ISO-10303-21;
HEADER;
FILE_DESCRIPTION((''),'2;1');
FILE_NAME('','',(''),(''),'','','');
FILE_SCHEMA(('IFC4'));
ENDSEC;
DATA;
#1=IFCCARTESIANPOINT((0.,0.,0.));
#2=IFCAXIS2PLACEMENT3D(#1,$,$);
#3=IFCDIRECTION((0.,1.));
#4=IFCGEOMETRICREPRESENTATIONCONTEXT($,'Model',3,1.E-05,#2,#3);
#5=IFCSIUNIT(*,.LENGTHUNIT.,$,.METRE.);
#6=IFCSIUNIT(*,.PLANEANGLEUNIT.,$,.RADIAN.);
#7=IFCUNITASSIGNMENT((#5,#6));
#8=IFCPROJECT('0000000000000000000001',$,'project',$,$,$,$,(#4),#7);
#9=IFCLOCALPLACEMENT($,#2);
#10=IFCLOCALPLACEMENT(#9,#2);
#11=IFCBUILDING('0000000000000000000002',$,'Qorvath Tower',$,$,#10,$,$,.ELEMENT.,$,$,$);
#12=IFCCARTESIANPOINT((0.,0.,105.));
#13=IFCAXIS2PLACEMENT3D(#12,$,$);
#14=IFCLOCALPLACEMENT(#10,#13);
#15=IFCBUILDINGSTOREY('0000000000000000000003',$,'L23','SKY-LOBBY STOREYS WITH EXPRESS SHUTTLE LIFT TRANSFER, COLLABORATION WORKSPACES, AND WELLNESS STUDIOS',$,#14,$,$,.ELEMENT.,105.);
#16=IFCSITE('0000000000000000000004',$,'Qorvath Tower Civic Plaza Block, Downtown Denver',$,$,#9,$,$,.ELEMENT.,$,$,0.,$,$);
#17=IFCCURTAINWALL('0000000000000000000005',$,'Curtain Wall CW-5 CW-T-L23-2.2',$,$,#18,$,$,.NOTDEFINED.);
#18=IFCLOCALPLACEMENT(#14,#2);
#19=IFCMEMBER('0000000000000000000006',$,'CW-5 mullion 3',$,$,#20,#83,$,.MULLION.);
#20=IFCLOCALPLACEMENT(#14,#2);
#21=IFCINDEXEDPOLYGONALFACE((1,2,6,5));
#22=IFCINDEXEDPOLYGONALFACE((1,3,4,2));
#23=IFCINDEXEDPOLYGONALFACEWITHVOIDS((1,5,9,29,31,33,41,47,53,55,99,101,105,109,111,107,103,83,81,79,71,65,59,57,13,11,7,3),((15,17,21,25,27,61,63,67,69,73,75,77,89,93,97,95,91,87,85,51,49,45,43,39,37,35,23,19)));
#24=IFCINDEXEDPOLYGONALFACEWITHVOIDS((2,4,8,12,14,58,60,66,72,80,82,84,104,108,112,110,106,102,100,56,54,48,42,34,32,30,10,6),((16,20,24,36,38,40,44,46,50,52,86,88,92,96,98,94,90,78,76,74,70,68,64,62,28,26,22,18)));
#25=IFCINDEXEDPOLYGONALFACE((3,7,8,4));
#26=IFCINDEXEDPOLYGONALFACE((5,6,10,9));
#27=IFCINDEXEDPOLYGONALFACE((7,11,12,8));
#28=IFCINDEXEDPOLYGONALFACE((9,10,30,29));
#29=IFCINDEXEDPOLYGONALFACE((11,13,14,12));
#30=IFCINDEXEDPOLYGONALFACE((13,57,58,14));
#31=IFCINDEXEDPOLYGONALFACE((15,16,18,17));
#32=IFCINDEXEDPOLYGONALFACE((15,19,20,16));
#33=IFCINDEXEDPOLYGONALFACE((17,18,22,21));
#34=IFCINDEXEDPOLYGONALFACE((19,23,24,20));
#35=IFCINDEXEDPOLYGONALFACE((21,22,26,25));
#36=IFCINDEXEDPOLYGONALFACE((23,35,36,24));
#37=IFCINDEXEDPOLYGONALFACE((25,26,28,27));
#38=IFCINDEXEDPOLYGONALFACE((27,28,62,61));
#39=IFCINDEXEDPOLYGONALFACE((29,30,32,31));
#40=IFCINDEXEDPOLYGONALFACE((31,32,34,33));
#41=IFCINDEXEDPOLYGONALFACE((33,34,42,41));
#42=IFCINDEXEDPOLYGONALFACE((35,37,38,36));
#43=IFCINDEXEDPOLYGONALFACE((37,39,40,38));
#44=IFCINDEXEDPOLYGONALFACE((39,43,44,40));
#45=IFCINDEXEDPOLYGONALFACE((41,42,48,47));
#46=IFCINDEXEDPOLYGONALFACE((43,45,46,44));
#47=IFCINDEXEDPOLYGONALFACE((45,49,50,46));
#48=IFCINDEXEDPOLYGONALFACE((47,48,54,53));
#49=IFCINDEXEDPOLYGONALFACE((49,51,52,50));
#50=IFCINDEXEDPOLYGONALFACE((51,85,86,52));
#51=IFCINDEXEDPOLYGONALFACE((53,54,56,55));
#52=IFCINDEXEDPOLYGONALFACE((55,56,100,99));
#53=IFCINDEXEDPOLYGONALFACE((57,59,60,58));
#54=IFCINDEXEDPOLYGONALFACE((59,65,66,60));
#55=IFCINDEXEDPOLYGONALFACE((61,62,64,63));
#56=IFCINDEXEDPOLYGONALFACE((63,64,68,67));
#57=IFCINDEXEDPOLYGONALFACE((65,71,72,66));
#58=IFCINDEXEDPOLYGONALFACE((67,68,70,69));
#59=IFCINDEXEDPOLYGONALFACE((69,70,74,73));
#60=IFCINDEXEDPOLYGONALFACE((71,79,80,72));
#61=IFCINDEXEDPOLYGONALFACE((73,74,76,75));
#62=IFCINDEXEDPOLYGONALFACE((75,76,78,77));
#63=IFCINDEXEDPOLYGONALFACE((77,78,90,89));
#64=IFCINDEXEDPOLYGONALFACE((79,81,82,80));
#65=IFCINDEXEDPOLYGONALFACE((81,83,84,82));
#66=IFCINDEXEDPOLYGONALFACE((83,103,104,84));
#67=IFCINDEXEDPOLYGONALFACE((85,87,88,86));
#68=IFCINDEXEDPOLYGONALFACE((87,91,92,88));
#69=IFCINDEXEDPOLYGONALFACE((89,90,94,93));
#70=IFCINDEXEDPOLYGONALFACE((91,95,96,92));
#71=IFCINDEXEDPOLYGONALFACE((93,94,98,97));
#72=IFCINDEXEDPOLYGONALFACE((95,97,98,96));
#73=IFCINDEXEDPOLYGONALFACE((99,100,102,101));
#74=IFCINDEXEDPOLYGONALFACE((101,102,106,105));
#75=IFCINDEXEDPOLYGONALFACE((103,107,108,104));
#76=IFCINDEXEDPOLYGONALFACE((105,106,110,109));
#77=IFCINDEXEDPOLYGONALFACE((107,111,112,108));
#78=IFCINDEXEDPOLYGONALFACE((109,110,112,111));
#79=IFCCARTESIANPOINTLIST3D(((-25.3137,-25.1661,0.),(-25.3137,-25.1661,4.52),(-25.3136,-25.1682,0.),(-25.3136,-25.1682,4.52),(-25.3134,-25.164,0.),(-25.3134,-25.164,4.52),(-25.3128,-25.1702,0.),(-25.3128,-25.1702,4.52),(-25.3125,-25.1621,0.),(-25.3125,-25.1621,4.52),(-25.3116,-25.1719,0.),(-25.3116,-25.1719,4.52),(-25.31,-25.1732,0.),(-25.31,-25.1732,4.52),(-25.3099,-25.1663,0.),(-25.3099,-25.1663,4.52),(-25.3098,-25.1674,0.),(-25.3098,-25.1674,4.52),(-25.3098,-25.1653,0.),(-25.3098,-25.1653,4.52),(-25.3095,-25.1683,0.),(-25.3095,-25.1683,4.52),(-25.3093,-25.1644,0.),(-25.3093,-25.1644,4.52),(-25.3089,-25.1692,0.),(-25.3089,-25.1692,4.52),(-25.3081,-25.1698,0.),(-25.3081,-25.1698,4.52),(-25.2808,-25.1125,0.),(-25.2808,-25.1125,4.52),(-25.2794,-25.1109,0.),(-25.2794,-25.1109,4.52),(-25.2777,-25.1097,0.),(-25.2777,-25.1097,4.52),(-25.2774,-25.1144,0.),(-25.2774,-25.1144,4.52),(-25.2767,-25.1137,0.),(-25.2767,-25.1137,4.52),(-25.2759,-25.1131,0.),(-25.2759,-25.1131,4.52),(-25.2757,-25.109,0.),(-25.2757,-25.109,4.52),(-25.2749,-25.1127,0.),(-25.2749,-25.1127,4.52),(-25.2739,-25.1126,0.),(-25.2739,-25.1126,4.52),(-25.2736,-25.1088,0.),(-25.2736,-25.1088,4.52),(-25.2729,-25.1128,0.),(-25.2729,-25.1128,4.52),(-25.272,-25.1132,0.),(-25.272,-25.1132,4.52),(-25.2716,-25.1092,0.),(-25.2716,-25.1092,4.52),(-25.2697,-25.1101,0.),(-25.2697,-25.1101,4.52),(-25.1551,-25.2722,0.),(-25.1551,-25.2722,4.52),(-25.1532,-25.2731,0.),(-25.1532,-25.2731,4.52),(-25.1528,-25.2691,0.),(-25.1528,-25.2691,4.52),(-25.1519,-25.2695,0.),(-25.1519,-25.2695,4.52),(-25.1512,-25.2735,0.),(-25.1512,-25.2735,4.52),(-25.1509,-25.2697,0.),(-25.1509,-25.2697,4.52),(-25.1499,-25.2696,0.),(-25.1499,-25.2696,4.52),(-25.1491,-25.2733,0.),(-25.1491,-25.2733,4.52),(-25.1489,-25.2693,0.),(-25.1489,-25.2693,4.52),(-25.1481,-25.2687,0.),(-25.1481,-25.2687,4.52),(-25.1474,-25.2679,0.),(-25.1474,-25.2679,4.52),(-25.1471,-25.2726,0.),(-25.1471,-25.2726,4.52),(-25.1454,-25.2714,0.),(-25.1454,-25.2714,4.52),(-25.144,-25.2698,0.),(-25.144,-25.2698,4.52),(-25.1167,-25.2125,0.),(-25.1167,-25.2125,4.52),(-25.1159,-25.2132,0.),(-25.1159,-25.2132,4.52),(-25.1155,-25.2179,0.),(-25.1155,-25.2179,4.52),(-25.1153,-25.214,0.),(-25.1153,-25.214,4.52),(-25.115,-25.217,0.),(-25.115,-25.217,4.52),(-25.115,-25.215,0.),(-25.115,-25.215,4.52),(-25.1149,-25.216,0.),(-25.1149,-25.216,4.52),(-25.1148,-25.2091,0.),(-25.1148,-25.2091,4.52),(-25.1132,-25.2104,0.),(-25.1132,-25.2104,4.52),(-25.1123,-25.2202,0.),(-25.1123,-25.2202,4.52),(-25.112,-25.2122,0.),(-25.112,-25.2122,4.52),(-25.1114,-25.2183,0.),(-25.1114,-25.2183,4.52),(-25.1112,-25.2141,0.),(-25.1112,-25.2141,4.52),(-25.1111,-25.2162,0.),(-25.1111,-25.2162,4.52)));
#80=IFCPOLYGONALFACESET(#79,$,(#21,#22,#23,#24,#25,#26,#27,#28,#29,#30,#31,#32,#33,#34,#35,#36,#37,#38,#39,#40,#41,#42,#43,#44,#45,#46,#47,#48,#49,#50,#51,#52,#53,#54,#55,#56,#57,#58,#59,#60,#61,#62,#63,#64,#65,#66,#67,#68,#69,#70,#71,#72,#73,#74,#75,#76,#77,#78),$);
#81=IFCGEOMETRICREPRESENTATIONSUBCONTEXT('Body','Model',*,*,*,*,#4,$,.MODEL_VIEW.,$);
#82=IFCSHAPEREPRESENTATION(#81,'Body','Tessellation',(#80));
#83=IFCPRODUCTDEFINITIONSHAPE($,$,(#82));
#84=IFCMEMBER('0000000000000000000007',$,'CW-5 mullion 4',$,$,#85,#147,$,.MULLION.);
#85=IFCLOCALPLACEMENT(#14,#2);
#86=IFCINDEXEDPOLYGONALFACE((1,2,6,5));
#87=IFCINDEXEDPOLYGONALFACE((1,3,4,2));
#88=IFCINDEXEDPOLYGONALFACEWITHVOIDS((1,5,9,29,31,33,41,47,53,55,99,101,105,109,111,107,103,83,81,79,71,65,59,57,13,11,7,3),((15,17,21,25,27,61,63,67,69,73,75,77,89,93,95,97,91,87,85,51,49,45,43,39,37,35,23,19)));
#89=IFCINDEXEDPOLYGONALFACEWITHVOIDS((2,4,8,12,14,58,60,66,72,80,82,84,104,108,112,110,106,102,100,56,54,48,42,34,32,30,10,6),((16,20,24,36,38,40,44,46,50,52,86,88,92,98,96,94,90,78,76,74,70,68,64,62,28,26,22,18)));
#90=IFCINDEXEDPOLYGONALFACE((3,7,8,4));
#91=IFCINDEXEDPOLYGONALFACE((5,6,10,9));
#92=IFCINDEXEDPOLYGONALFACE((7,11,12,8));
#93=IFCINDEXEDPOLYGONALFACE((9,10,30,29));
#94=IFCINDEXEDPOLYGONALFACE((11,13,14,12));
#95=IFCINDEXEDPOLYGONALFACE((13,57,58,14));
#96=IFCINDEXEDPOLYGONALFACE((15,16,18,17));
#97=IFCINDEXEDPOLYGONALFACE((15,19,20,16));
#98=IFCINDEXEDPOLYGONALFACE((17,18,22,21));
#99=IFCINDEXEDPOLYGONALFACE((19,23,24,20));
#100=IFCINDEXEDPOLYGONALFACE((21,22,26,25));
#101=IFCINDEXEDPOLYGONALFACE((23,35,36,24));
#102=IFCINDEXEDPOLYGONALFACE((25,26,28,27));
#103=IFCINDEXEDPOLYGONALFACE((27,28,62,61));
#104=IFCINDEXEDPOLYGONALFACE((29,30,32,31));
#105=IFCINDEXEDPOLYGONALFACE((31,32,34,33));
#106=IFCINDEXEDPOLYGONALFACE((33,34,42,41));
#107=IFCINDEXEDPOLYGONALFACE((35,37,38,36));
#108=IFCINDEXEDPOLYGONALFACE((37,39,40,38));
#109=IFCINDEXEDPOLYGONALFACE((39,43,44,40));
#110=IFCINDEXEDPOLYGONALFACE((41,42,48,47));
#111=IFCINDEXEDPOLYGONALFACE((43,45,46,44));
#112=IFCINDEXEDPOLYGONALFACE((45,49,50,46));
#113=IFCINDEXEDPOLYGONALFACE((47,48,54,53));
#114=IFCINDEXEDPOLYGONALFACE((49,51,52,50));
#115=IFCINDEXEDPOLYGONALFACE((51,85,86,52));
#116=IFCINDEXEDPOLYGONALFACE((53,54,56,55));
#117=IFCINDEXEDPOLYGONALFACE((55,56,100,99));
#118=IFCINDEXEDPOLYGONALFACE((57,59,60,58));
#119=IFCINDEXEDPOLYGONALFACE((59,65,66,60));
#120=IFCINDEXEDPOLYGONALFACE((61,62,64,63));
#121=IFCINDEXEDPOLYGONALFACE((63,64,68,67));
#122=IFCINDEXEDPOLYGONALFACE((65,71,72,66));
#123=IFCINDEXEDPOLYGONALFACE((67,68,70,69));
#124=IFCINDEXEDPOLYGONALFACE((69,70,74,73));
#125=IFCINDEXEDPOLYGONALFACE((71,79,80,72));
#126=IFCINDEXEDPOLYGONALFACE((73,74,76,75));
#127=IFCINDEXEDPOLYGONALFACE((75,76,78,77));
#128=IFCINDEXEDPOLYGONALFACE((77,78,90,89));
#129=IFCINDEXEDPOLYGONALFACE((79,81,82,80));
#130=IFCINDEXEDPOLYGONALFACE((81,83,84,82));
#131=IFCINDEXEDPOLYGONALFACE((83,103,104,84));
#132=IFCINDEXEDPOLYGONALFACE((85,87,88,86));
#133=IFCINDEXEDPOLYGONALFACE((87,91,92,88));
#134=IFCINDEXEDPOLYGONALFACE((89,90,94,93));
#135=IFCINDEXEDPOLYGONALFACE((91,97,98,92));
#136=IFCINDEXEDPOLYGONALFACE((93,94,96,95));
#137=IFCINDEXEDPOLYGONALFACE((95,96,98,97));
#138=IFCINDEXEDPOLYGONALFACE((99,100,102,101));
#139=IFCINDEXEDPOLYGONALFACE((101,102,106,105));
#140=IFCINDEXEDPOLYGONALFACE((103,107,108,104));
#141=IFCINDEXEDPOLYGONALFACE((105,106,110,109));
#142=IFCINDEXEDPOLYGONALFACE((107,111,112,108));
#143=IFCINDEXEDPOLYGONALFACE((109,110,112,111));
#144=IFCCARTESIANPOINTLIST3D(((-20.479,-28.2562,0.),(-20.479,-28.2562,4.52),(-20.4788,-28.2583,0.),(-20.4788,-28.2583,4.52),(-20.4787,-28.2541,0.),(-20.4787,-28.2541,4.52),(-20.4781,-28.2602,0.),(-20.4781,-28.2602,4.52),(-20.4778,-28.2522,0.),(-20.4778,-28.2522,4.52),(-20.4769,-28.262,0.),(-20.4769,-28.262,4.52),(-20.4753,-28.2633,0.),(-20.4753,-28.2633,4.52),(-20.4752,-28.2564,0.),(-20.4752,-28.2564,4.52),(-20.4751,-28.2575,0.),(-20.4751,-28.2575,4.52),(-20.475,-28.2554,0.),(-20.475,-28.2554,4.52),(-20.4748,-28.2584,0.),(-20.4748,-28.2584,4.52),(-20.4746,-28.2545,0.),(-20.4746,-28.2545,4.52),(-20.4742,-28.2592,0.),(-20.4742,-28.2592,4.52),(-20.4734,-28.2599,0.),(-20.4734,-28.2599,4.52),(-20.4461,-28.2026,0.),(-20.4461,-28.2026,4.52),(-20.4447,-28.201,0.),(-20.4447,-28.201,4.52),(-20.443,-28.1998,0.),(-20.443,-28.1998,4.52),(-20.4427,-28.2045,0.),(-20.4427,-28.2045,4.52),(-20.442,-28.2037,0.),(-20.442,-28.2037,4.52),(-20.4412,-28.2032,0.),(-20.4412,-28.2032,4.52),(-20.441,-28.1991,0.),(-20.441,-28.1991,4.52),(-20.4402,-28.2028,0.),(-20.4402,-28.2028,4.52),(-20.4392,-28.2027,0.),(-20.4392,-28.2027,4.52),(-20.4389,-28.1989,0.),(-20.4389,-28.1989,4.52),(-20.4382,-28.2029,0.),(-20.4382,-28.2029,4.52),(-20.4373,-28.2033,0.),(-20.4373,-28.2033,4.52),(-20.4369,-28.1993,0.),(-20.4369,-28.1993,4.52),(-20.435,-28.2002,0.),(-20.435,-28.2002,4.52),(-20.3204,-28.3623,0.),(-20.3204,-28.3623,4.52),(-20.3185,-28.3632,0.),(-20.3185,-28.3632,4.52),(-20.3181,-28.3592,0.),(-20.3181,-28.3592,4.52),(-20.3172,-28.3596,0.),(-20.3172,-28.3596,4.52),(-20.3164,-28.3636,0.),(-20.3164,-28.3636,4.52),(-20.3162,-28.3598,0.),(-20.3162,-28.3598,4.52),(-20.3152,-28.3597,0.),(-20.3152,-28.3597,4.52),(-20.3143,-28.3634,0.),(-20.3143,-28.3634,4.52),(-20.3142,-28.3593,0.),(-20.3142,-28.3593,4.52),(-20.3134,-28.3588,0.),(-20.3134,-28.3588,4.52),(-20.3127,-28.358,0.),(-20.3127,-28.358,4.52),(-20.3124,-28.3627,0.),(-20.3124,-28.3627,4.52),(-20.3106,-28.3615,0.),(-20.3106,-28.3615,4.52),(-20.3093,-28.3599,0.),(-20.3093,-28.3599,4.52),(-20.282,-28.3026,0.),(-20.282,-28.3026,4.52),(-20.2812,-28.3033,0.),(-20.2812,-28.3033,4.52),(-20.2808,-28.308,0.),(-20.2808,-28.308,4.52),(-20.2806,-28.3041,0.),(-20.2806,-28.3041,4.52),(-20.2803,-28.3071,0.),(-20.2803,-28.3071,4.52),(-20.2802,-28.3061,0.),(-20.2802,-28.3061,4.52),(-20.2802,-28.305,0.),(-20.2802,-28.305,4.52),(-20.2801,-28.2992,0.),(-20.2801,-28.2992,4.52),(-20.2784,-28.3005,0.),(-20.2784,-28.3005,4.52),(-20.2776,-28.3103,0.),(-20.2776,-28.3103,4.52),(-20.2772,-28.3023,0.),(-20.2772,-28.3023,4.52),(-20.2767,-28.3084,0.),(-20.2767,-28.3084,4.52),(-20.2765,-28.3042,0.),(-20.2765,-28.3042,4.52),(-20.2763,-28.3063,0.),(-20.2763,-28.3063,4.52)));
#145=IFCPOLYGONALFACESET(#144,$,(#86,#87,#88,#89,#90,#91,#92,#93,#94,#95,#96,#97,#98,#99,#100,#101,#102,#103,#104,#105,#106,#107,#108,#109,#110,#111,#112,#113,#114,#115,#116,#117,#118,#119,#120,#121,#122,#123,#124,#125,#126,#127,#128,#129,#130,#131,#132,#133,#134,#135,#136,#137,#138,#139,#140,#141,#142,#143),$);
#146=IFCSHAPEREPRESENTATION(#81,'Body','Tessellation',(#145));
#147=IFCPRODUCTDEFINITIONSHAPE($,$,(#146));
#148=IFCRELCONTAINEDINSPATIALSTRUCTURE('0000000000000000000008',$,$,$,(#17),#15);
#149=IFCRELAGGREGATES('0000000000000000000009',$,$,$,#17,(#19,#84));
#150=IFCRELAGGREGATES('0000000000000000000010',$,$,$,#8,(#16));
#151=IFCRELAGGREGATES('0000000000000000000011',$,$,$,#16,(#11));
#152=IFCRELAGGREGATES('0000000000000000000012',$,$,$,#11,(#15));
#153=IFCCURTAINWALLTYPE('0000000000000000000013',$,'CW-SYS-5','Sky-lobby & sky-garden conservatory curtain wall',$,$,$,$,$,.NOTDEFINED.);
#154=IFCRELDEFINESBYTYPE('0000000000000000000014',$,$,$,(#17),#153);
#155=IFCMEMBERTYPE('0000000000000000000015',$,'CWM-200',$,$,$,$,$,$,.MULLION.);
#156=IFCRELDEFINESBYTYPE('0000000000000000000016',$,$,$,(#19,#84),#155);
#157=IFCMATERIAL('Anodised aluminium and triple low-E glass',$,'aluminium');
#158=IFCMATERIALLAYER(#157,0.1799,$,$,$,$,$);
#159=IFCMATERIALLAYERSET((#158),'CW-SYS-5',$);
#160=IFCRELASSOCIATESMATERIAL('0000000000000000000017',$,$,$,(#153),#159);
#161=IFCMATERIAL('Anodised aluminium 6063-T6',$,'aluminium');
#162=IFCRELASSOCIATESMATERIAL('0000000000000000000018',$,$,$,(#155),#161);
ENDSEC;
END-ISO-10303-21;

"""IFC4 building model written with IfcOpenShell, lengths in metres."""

from ifc_helpers import new_model, si_unit, direction, frame, origin, origin_2d, place, context, subcontext, project, spatial, hollow_rectangle, extrude, material, layer, layer_set, material_profile, profile_set, type_object, element, aggregate, save


model = new_model("IFC4")

# Units and contexts
model_context = context("Model", 3, precision=1e-05, world=origin(), true_north=direction((0.0, 1.0)))
body_context = subcontext(model_context, "Body", "Model", "MODEL_VIEW")
ifc_project = project(units=[si_unit("LENGTHUNIT", "METRE"), si_unit("PLANEANGLEUNIT", "RADIAN")], contexts=[model_context])

# Site, building, storey
site_placement = place(None, origin())
site = spatial("IfcSite", under=ifc_project, at=site_placement, Name="Qorvath Tower Civic Plaza Block, Downtown Denver", CompositionType="ELEMENT", RefElevation=0.0)
building_placement = place(site_placement, origin())
building = spatial("IfcBuilding", under=site, at=building_placement, Name="Qorvath Tower", CompositionType="ELEMENT")
storey_placement = place(building_placement, frame((0.0, 0.0, 105.0)))
storey = spatial("IfcBuildingStorey", under=building, at=storey_placement, Name="L23", Description="SKY-LOBBY STOREYS WITH EXPRESS SHUTTLE LIFT TRANSFER, COLLABORATION WORKSPACES, AND WELLNESS STUDIOS", CompositionType="ELEMENT", Elevation=105.0)

# Curtain wall, members
ifc_material_1 = material(Name="Anodised aluminium and triple low-E glass", Category="aluminium")
ifc_layer_1 = layer(ifc_material_1, 0.1799)
ifc_layer_set_1 = layer_set([ifc_layer_1], Name="CW-SYS-5")
curtain_wall_type = type_object("IfcCurtainWallType", Name="CW-SYS-5", Description="Sky-lobby & sky-garden conservatory curtain wall", PredefinedType="NOTDEFINED", material=ifc_layer_set_1)
curtain_wall_placement = place(storey_placement, origin())
curtain_wall = element("IfcCurtainWall", 1, at=curtain_wall_placement, inside=storey, type_object=curtain_wall_type, Name="Curtain Wall CW-5 CW-T-L23-2.2", PredefinedType="NOTDEFINED")
ifc_material_2 = material(Name="Anodised aluminium 6063-T6", Category="aluminium")
ifc_material_profile_1 = material_profile(ifc_material_2, hollow_rectangle(XDim=0.075, YDim=0.2, WallThickness=0.0039, InnerFilletRadius=0.0039, OuterFilletRadius=0.0081, at=origin_2d()), Name="CWM 200x75")
ifc_profile_set_1 = profile_set([ifc_material_profile_1], Name="Anodised aluminium 6063-T6")
member_type_1 = type_object("IfcMemberType", Name="CWM-200", PredefinedType="MULLION", material=ifc_profile_set_1)
member_1_placement = place(storey_placement, frame((-25.2124, -25.1912, 0.0), z_axis=(0.0, 0.0, 1.0), x_axis=(0.53854, 0.8426, 0.0)))
member_1 = element("IfcMember", 2, at=member_1_placement, type_object=member_type_1, Name="CW-5 mullion 3", PredefinedType="MULLION", context=body_context, shape_type="SweptSolid", body=[
    extrude(hollow_rectangle(XDim=0.075, YDim=0.2, WallThickness=0.0039, InnerFilletRadius=0.0039, OuterFilletRadius=0.0081, at=origin_2d()), origin(), (0.0, 0.0, 1.0), 4.52),
])
member_2_placement = place(storey_placement, frame((-20.3777, -28.2812, 0.0), z_axis=(0.0, 0.0, 1.0), x_axis=(0.53854, 0.8426, 0.0)))
member_2 = element("IfcMember", 3, at=member_2_placement, type_object=member_type_1, Name="CW-5 mullion 4", PredefinedType="MULLION", context=body_context, shape_type="SweptSolid", body=[
    extrude(hollow_rectangle(XDim=0.075, YDim=0.2, WallThickness=0.0039, InnerFilletRadius=0.0039, OuterFilletRadius=0.0081, at=origin_2d()), origin(), (0.0, 0.0, 1.0), 4.52),
])

aggregate(curtain_wall, [member_1, member_2])

save(model, "model.ifc")
